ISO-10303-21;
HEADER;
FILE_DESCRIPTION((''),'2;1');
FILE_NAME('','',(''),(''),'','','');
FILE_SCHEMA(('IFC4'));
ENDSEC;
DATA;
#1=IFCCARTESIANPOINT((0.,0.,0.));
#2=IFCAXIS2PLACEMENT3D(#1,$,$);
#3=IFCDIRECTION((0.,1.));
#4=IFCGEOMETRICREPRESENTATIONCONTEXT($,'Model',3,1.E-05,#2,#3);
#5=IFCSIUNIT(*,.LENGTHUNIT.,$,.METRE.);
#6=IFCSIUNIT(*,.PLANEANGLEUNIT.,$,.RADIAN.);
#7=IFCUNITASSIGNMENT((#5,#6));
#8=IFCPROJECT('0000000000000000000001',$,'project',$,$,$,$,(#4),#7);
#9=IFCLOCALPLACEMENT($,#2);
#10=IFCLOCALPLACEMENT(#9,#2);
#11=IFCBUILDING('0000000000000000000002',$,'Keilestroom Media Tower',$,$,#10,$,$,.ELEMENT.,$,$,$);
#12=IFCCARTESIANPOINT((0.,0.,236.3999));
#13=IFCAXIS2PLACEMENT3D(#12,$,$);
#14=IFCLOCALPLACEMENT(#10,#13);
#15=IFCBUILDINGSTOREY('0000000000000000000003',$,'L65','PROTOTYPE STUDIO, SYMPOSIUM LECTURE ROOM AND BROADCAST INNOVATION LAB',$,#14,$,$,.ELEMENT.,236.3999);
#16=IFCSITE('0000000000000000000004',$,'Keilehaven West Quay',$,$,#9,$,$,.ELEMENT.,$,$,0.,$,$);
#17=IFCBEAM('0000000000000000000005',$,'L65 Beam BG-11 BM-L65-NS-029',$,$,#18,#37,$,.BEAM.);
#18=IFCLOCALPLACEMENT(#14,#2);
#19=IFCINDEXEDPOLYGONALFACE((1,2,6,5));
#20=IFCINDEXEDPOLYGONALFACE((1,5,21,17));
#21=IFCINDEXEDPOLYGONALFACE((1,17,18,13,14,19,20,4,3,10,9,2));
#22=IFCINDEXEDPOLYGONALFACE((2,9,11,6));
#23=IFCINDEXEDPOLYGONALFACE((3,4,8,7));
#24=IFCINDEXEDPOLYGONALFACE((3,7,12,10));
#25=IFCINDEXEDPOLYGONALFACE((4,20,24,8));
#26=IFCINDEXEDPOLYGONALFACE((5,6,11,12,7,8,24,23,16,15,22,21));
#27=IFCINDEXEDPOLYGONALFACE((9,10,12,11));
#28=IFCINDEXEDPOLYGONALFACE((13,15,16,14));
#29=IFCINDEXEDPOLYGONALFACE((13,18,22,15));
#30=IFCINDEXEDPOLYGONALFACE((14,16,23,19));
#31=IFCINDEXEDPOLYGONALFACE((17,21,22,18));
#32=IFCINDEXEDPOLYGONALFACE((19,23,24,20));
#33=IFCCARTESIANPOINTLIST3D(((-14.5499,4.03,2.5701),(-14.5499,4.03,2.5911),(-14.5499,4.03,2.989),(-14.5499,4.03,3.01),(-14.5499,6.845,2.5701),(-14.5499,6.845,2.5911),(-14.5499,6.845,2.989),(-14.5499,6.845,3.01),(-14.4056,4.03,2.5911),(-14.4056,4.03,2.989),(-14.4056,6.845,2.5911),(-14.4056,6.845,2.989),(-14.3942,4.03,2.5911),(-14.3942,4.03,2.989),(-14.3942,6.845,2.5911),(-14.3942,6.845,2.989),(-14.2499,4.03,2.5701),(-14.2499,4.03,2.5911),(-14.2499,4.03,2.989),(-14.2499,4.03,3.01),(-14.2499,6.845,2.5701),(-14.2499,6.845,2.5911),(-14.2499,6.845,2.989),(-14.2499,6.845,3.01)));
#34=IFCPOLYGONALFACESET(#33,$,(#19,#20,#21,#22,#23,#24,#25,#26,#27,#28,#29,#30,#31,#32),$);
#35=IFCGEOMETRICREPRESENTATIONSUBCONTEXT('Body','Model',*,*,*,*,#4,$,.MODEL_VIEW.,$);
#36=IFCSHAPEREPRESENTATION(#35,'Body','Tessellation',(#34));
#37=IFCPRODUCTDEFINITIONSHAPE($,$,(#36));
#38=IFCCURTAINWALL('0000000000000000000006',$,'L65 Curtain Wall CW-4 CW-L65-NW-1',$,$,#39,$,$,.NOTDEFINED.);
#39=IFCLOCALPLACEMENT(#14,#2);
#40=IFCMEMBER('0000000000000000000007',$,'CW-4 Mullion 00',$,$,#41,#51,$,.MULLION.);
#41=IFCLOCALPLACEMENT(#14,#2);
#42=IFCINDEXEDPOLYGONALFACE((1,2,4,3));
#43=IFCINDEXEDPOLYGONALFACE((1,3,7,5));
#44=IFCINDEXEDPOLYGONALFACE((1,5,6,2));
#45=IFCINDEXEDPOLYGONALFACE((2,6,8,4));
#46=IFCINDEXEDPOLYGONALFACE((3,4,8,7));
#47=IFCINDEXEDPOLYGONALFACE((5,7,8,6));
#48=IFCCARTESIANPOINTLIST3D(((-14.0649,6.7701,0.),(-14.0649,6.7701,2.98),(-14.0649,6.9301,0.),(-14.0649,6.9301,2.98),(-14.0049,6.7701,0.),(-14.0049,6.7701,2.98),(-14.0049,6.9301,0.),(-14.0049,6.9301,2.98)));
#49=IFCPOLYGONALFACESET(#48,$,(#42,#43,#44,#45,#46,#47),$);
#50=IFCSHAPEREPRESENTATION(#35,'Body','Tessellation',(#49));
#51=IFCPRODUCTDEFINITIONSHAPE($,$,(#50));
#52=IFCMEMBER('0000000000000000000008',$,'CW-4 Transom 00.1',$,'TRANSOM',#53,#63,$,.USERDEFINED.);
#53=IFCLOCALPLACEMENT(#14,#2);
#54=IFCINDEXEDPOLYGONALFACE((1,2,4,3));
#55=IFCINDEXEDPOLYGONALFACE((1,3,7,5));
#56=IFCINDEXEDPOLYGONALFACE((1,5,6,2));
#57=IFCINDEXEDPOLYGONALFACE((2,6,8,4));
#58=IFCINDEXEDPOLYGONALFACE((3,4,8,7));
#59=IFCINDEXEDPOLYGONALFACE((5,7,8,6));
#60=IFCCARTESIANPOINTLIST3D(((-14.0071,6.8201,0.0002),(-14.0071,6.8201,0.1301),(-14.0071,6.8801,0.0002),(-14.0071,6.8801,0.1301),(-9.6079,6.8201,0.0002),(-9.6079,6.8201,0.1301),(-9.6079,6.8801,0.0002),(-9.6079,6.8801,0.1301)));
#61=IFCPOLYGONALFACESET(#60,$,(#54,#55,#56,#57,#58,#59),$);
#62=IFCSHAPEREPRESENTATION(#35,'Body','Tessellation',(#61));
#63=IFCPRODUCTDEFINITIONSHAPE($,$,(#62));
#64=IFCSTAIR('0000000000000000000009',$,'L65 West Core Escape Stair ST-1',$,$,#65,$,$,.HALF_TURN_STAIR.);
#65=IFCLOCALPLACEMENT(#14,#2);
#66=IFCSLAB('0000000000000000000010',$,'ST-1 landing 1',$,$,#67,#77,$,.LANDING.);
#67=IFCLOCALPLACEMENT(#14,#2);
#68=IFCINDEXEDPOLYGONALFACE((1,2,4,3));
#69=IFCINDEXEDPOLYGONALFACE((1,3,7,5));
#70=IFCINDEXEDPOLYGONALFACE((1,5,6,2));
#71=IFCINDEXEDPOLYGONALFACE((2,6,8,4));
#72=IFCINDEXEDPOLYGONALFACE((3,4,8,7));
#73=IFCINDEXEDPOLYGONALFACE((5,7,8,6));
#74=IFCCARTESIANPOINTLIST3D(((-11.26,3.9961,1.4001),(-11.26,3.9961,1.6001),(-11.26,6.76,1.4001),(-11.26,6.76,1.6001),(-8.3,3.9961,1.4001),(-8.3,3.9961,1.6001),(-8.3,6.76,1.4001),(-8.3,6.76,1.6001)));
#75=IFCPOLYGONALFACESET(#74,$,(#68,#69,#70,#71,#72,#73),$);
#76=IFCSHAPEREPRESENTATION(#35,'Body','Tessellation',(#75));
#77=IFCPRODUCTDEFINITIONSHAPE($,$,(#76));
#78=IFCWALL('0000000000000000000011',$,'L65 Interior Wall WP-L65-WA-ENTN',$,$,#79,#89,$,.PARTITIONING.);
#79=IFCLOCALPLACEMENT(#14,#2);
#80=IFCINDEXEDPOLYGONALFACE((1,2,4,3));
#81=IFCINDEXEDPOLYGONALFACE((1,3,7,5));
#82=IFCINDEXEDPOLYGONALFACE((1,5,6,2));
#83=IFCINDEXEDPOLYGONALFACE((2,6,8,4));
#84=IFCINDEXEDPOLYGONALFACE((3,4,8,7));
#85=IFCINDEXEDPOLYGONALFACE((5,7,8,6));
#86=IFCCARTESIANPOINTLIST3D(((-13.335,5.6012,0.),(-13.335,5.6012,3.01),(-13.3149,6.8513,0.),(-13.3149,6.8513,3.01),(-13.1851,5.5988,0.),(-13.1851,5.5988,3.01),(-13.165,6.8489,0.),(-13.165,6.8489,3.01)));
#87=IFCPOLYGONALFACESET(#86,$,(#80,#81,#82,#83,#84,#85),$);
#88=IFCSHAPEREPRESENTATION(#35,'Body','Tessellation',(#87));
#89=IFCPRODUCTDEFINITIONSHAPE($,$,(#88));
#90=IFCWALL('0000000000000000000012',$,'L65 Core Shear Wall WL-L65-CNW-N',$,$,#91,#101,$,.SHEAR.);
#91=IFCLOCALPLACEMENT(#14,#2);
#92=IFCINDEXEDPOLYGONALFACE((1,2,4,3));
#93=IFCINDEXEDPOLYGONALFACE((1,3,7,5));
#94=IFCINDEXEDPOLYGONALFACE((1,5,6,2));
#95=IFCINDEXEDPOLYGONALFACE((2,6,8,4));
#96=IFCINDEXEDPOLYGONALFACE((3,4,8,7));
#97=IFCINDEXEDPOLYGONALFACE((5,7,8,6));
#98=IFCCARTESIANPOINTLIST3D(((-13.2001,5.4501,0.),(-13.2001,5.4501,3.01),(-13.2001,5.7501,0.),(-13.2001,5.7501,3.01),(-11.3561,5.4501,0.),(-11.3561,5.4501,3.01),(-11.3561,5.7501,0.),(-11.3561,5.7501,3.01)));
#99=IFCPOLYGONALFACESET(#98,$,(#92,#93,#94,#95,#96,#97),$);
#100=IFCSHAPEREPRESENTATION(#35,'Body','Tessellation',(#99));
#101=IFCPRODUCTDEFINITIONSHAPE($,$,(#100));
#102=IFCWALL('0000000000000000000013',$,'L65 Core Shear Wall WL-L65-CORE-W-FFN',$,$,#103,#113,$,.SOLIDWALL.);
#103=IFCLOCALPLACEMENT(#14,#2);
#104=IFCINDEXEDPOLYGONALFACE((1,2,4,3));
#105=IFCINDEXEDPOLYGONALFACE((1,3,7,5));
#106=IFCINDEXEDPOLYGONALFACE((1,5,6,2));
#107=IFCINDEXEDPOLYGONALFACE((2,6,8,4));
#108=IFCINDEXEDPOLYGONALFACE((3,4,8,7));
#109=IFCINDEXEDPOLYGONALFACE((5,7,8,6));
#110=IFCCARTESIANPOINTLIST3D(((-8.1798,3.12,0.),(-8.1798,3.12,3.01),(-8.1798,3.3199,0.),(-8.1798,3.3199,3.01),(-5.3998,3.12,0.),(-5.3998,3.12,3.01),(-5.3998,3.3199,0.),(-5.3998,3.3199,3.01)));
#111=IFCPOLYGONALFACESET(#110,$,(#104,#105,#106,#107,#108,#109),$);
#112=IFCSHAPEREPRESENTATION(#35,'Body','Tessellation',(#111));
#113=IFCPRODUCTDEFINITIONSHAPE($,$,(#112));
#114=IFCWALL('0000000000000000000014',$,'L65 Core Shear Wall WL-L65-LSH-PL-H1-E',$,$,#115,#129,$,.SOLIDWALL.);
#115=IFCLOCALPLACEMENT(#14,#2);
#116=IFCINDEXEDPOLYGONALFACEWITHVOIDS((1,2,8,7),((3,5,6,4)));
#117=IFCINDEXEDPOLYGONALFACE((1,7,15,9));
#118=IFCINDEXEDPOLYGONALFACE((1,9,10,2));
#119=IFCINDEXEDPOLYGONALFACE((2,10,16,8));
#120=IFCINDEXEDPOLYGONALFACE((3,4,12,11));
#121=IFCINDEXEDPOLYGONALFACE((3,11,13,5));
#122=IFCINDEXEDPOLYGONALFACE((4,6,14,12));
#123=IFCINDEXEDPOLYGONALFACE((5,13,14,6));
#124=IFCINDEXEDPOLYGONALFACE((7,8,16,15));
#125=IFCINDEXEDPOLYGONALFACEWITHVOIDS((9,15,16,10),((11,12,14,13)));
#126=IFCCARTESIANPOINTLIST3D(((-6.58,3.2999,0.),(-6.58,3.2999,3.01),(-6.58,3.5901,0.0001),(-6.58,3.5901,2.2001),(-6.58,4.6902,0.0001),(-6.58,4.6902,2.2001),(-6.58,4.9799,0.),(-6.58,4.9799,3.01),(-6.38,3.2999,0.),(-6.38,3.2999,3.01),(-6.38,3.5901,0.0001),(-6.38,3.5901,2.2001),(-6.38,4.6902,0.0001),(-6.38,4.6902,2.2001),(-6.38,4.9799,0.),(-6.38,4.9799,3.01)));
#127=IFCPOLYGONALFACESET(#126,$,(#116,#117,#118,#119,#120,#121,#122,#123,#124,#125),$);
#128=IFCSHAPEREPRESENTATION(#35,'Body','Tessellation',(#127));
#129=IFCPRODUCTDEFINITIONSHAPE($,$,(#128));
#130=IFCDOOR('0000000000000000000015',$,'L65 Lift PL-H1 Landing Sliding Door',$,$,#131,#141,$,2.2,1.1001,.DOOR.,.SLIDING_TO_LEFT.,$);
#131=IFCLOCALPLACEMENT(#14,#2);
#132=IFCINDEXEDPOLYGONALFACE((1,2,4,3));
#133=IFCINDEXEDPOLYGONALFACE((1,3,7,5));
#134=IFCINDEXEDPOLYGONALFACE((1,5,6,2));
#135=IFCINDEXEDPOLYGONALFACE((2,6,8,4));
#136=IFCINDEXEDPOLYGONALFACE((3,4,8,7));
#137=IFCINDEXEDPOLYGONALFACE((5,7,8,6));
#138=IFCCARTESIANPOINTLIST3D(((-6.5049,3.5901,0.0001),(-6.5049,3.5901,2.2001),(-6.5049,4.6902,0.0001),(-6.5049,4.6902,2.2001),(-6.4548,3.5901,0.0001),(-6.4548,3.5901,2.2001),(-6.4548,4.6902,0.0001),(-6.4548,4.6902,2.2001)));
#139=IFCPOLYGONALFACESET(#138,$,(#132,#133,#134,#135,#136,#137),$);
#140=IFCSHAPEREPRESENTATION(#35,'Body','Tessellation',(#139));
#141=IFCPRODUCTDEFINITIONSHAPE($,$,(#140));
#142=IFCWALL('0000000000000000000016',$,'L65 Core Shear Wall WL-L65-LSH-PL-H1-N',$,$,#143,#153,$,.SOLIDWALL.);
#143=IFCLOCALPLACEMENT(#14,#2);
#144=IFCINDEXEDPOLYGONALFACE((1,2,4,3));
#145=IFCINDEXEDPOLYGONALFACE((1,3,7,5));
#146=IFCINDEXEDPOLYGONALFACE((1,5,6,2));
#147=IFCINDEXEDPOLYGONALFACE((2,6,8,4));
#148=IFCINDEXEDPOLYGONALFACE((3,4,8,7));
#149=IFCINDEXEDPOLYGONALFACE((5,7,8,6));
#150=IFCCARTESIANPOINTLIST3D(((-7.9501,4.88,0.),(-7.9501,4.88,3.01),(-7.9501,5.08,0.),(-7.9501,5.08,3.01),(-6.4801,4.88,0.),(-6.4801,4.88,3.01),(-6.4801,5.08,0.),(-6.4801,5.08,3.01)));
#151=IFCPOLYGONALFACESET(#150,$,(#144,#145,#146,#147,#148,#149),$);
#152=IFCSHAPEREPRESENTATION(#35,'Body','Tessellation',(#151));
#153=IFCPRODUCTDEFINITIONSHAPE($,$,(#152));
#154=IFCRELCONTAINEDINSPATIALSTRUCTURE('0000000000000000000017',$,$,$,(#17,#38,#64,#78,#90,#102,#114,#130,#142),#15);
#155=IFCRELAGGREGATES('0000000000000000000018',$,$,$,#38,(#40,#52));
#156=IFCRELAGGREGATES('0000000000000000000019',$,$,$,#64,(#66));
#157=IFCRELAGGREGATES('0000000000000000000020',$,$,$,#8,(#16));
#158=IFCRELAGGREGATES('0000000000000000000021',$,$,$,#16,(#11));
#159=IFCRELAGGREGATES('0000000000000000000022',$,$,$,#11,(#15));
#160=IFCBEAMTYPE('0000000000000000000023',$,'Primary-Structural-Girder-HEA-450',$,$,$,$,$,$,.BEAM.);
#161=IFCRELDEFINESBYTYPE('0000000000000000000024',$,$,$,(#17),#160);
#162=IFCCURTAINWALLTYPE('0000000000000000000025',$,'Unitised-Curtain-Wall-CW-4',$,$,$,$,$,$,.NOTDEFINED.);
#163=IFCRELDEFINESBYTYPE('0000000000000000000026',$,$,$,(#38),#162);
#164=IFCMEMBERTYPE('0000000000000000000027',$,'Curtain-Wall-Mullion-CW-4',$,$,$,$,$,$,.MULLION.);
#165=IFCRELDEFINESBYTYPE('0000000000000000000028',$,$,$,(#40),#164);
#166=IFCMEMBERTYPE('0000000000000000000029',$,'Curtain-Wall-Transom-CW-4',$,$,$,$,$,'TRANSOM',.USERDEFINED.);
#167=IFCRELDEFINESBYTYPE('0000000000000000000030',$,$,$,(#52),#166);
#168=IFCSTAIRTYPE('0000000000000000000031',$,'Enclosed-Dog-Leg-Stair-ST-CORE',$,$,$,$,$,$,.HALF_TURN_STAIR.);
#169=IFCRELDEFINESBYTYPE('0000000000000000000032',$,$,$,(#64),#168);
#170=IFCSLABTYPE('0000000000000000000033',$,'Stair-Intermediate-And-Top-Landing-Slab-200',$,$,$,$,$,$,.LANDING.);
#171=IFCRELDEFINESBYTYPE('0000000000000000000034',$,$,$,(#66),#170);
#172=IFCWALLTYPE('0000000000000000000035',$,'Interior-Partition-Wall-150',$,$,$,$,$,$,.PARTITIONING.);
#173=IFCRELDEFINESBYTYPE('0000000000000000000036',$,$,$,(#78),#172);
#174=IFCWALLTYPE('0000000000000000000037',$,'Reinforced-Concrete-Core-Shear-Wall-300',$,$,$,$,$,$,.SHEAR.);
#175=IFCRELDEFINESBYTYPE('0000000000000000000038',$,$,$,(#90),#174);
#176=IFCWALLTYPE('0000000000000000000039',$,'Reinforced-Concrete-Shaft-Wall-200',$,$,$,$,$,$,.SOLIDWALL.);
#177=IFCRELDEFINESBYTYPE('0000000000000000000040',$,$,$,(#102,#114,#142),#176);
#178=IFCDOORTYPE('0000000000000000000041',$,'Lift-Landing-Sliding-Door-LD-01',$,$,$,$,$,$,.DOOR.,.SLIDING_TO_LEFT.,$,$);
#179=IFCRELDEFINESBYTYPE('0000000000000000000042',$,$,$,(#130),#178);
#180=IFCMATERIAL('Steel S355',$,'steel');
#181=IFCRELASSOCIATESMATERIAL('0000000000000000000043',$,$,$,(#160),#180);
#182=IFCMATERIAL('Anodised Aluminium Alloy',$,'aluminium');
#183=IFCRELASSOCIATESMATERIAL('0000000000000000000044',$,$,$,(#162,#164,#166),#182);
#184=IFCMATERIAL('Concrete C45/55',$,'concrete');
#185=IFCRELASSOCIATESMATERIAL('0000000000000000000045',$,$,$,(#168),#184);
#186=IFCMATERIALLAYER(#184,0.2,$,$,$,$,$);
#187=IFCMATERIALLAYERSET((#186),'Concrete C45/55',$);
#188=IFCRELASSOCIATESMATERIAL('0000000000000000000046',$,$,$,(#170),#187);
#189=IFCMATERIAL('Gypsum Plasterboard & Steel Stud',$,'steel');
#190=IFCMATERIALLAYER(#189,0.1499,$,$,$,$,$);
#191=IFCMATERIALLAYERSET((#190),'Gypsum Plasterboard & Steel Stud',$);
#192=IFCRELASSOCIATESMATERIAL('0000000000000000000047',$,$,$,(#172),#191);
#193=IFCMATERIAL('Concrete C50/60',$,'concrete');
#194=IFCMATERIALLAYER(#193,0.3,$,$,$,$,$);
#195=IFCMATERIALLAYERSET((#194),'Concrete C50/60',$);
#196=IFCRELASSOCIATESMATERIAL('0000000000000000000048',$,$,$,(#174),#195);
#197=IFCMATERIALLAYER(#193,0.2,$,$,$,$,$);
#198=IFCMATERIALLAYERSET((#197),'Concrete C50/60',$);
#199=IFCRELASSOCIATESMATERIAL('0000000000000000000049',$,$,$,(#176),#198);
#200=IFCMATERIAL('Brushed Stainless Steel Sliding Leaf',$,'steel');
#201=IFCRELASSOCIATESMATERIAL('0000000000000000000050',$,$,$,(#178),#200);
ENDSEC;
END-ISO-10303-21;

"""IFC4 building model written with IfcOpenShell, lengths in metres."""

from ifc_helpers import new_model, si_unit, direction, frame, frame_2d, origin, origin_2d, place, context, subcontext, project, spatial, polyline, rectangle, i_section, outline, extrude, source, transform, mapped, material, layer, layer_set, material_profile, profile_set, type_object, element, fill, aggregate, save


model = new_model("IFC4")

# Units and contexts
model_context = context("Model", 3, precision=1e-05, world=origin(), true_north=direction((0.0, 1.0)))
body_context = subcontext(model_context, "Body", "Model", "MODEL_VIEW")
ifc_project = project(units=[si_unit("LENGTHUNIT", "METRE"), si_unit("PLANEANGLEUNIT", "RADIAN")], contexts=[model_context])

# Site, building, storey
site_placement = place(None, origin())
site = spatial("IfcSite", under=ifc_project, at=site_placement, Name="Keilehaven West Quay", CompositionType="ELEMENT", RefElevation=0.0)
building_placement = place(site_placement, origin())
building = spatial("IfcBuilding", under=site, at=building_placement, Name="Keilestroom Media Tower", CompositionType="ELEMENT")
storey_placement = place(building_placement, frame((0.0, 0.0, 236.3999)))
storey = spatial("IfcBuildingStorey", under=building, at=storey_placement, Name="L65", Description="PROTOTYPE STUDIO, SYMPOSIUM LECTURE ROOM AND BROADCAST INNOVATION LAB", CompositionType="ELEMENT", Elevation=236.3999)

# Beam
ifc_material_1 = material(Name="Steel S355", Category="steel")
ifc_material_profile_1 = material_profile(ifc_material_1, i_section(OverallWidth=0.3, OverallDepth=0.4399, WebThickness=0.0115, FlangeThickness=0.021, at=origin_2d()), Name="HEA 450")
ifc_profile_set_1 = profile_set([ifc_material_profile_1], Name="Steel S355")
beam_type = type_object("IfcBeamType", Name="Primary-Structural-Girder-HEA-450", PredefinedType="BEAM", material=ifc_profile_set_1)
shared_shape_1 = source(origin(), body_context, "Body", "SweptSolid", [
    extrude(i_section(OverallWidth=0.3, OverallDepth=0.4399, WebThickness=0.0115, FlangeThickness=0.021, at=origin_2d()), origin(), (0.0, 0.0, 1.0), 2.8149),
])
beam_placement = place(storey_placement, frame((-14.3999, 4.03, 2.79), z_axis=(0.0, 1.0, 0.0), x_axis=(-1.0, 0.0, 0.0)))
element("IfcBeam", 1, at=beam_placement, inside=storey, type_object=beam_type, Name="L65 Beam BG-11 BM-L65-NS-029", PredefinedType="BEAM", context=body_context, shape_type="MappedRepresentation", body=[
    mapped(shared_shape_1, transform((0.0, 0.0, 0.0), x_axis=(1.0, 0.0, 0.0), y_axis=(0.0, 1.0, 0.0), z_axis=(0.0, 0.0, 1.0), scale=1.0)),
])

# Curtain wall, members
ifc_material_2 = material(Name="Anodised Aluminium Alloy", Category="aluminium")
curtain_wall_type = type_object("IfcCurtainWallType", Name="Unitised-Curtain-Wall-CW-4", PredefinedType="NOTDEFINED", material=ifc_material_2)
curtain_wall_placement = place(storey_placement, origin())
curtain_wall = element("IfcCurtainWall", 2, at=curtain_wall_placement, inside=storey, type_object=curtain_wall_type, Name="L65 Curtain Wall CW-4 CW-L65-NW-1", PredefinedType="NOTDEFINED")
ifc_material_profile_2 = material_profile(ifc_material_2, rectangle(XDim=0.0601, YDim=0.1599, at=origin_2d()), Name="ALU MULLION 60x160")
ifc_profile_set_2 = profile_set([ifc_material_profile_2], Name="Anodised Aluminium Alloy")
member_type_1 = type_object("IfcMemberType", Name="Curtain-Wall-Mullion-CW-4", PredefinedType="MULLION", material=ifc_profile_set_2)
shared_shape_2 = source(origin(), body_context, "Body", "SweptSolid", [
    extrude(rectangle(XDim=0.0601, YDim=0.1599, at=origin_2d()), origin(), (0.0, 0.0, 1.0), 2.98),
])
member_1_placement = place(storey_placement, frame((-14.0349, 6.8501, 0.0), z_axis=(0.0, 0.0, 1.0), x_axis=(1.0, 0.0, 0.0)))
member_1 = element("IfcMember", 3, at=member_1_placement, type_object=member_type_1, Name="CW-4 Mullion 00", PredefinedType="MULLION", context=body_context, shape_type="MappedRepresentation", body=[
    mapped(shared_shape_2, transform((0.0, 0.0, 0.0), x_axis=(1.0, 0.0, 0.0), y_axis=(0.0, 1.0, 0.0), z_axis=(0.0, 0.0, 1.0), scale=1.0)),
])
ifc_material_profile_3 = material_profile(ifc_material_2, rectangle(XDim=0.0601, YDim=0.1299, at=origin_2d()), Name="ALU TRANSOM 60x130")
ifc_profile_set_3 = profile_set([ifc_material_profile_3], Name="Anodised Aluminium Alloy")
member_type_2 = type_object("IfcMemberType", Name="Curtain-Wall-Transom-CW-4", ElementType="TRANSOM", PredefinedType="USERDEFINED", material=ifc_profile_set_3)
shared_shape_3 = source(origin(), body_context, "Body", "SweptSolid", [
    extrude(rectangle(XDim=0.0601, YDim=0.1299, at=origin_2d()), origin(), (0.0, 0.0, 1.0), 4.3992),
])
member_2_placement = place(storey_placement, frame((-14.0071, 6.8501, 0.0652), z_axis=(1.0, 0.0, 0.0), x_axis=(0.0, 1.0, 0.0)))
member_2 = element("IfcMember", 4, at=member_2_placement, type_object=member_type_2, Name="CW-4 Transom 00.1", ObjectType="TRANSOM", PredefinedType="USERDEFINED", context=body_context, shape_type="MappedRepresentation", body=[
    mapped(shared_shape_3, transform((0.0, 0.0, 0.0), x_axis=(1.0, 0.0, 0.0), y_axis=(0.0, 1.0, 0.0), z_axis=(0.0, 0.0, 1.0), scale=1.0)),
])
aggregate(curtain_wall, [member_1, member_2])

# Stair, slab
ifc_material_3 = material(Name="Concrete C45/55", Category="concrete")
stair_type = type_object("IfcStairType", Name="Enclosed-Dog-Leg-Stair-ST-CORE", PredefinedType="HALF_TURN_STAIR", material=ifc_material_3)
stair_placement = place(storey_placement, origin())
stair = element("IfcStair", 5, at=stair_placement, inside=storey, type_object=stair_type, Name="L65 West Core Escape Stair ST-1", PredefinedType="HALF_TURN_STAIR")
ifc_layer_1 = layer(ifc_material_3, 0.2)
ifc_layer_set_1 = layer_set([ifc_layer_1], Name="Concrete C45/55")
slab_type = type_object("IfcSlabType", Name="Stair-Intermediate-And-Top-Landing-Slab-200", PredefinedType="LANDING", material=ifc_layer_set_1)
slab_placement = place(storey_placement, frame((0.0, 0.0, 1.4001)))
slab = element("IfcSlab", 6, at=slab_placement, type_object=slab_type, Name="ST-1 landing 1", PredefinedType="LANDING", context=body_context, shape_type="SweptSolid", body=[
    extrude(outline(polyline([(-8.3, 3.9961), (-8.3, 6.76), (-11.26, 6.76), (-11.26, 3.9961), (-8.3, 3.9961)])), origin(), (0.0, 0.0, 1.0), 0.2),
])

# Walls
ifc_material_4 = material(Name="Gypsum Plasterboard & Steel Stud", Category="steel")
ifc_layer_2 = layer(ifc_material_4, 0.1499)
ifc_layer_set_2 = layer_set([ifc_layer_2], Name="Gypsum Plasterboard & Steel Stud")
wall_type_1 = type_object("IfcWallType", Name="Interior-Partition-Wall-150", PredefinedType="PARTITIONING", material=ifc_layer_set_2)
wall_1_placement = place(storey_placement, frame((-13.26, 5.6001, 0.0), z_axis=(0.0, 0.0, 1.0), x_axis=(0.016014, 0.999872, 0.0)))
element("IfcWall", 7, at=wall_1_placement, inside=storey, type_object=wall_type_1, Name="L65 Interior Wall WP-L65-WA-ENTN", PredefinedType="PARTITIONING", context=body_context, shape_type="SweptSolid", body=[
    extrude(rectangle(XDim=1.2502, YDim=0.1499, at=frame_2d((0.625, 0.0))), origin(), (0.0, 0.0, 1.0), 3.01),
])
ifc_material_5 = material(Name="Concrete C50/60", Category="concrete")
ifc_layer_3 = layer(ifc_material_5, 0.3)
ifc_layer_set_3 = layer_set([ifc_layer_3], Name="Concrete C50/60")
wall_type_2 = type_object("IfcWallType", Name="Reinforced-Concrete-Core-Shear-Wall-300", PredefinedType="SHEAR", material=ifc_layer_set_3)
wall_2_placement = place(storey_placement, frame((-13.2, 5.6001, 0.0), z_axis=(0.0, 0.0, 1.0), x_axis=(1.0, 0.0, 0.0)))
element("IfcWall", 8, at=wall_2_placement, inside=storey, type_object=wall_type_2, Name="L65 Core Shear Wall WL-L65-CNW-N", PredefinedType="SHEAR", context=body_context, shape_type="SweptSolid", body=[
    extrude(rectangle(XDim=1.844, YDim=0.3, at=frame_2d((0.9219, 0.0))), origin(), (0.0, 0.0, 1.0), 3.01),
])
ifc_layer_4 = layer(ifc_material_5, 0.2)
ifc_layer_set_4 = layer_set([ifc_layer_4], Name="Concrete C50/60")
wall_type_3 = type_object("IfcWallType", Name="Reinforced-Concrete-Shaft-Wall-200", PredefinedType="SOLIDWALL", material=ifc_layer_set_4)
wall_3_placement = place(storey_placement, frame((-8.1799, 3.22, 0.0), z_axis=(0.0, 0.0, 1.0), x_axis=(1.0, 0.0, 0.0)))
element("IfcWall", 9, at=wall_3_placement, inside=storey, type_object=wall_type_3, Name="L65 Core Shear Wall WL-L65-CORE-W-FFN", PredefinedType="SOLIDWALL", context=body_context, shape_type="SweptSolid", body=[
    extrude(rectangle(XDim=2.78, YDim=0.2, at=frame_2d((1.3901, 0.0))), origin(), (0.0, 0.0, 1.0), 3.01),
])

# Wall, opening, door
wall_4_placement = place(storey_placement, frame((-6.48, 3.3, 0.0), z_axis=(0.0, 0.0, 1.0), x_axis=(0.0, 1.0, 0.0)))
wall_4 = element("IfcWall", 10, at=wall_4_placement, inside=storey, type_object=wall_type_3, Name="L65 Core Shear Wall WL-L65-LSH-PL-H1-E", PredefinedType="SOLIDWALL", context=body_context, shape_type="SweptSolid", body=[
    extrude(rectangle(XDim=1.6799, YDim=0.2, at=frame_2d((0.8398, 0.0))), origin(), (0.0, 0.0, 1.0), 3.01),
])
opening_1_placement = place(wall_4_placement, frame((0.29, 0.0, 0.0)))
opening_1 = element("IfcOpeningElement", 11, at=opening_1_placement, cuts=wall_4, PredefinedType="OPENING", context=body_context, shape_type="SweptSolid", body=[
    extrude(rectangle(XDim=1.1001, YDim=2.2, at=frame_2d((0.55, 1.1001))), frame((0.0, 0.1099, 0.0), z_axis=(0.0, -1.0, 0.0), x_axis=(1.0, 0.0, 0.0)), (0.0, 0.0, 1.0), 0.22),
])
ifc_material_6 = material(Name="Brushed Stainless Steel Sliding Leaf", Category="steel")
door_type = type_object("IfcDoorType", Name="Lift-Landing-Sliding-Door-LD-01", OperationType="SLIDING_TO_LEFT", PredefinedType="DOOR", material=ifc_material_6)
shared_shape_4 = source(origin(), body_context, "Body", "SweptSolid", [
    extrude(rectangle(XDim=1.1001, YDim=2.2, at=frame_2d((0.55, 1.1001))), frame((0.0, 0.0249, 0.0), z_axis=(0.0, -1.0, 0.0), x_axis=(1.0, 0.0, 0.0)), (0.0, 0.0, 1.0), 0.05),
])
door_1_placement = place(opening_1_placement, origin())
door_1 = element("IfcDoor", 12, at=door_1_placement, inside=storey, type_object=door_type, Name="L65 Lift PL-H1 Landing Sliding Door", OperationType="SLIDING_TO_LEFT", OverallHeight=2.2, OverallWidth=1.1001, PredefinedType="DOOR", context=body_context, shape_type="MappedRepresentation", body=[
    mapped(shared_shape_4, transform((0.0, 0.0, 0.0), x_axis=(1.0, 0.0, 0.0), y_axis=(0.0, 1.0, 0.0), z_axis=(0.0, 0.0, 1.0), scale=1.0)),
])
fill(opening_1, door_1)

# Wall
wall_5_placement = place(storey_placement, frame((-7.95, 4.98, 0.0), z_axis=(0.0, 0.0, 1.0), x_axis=(1.0, 0.0, 0.0)))
element("IfcWall", 13, at=wall_5_placement, inside=storey, type_object=wall_type_3, Name="L65 Core Shear Wall WL-L65-LSH-PL-H1-N", PredefinedType="SOLIDWALL", context=body_context, shape_type="SweptSolid", body=[
    extrude(rectangle(XDim=1.47, YDim=0.2, at=frame_2d((0.7349, 0.0))), origin(), (0.0, 0.0, 1.0), 3.01),
])

aggregate(stair, [slab])

save(model, "model.ifc")
